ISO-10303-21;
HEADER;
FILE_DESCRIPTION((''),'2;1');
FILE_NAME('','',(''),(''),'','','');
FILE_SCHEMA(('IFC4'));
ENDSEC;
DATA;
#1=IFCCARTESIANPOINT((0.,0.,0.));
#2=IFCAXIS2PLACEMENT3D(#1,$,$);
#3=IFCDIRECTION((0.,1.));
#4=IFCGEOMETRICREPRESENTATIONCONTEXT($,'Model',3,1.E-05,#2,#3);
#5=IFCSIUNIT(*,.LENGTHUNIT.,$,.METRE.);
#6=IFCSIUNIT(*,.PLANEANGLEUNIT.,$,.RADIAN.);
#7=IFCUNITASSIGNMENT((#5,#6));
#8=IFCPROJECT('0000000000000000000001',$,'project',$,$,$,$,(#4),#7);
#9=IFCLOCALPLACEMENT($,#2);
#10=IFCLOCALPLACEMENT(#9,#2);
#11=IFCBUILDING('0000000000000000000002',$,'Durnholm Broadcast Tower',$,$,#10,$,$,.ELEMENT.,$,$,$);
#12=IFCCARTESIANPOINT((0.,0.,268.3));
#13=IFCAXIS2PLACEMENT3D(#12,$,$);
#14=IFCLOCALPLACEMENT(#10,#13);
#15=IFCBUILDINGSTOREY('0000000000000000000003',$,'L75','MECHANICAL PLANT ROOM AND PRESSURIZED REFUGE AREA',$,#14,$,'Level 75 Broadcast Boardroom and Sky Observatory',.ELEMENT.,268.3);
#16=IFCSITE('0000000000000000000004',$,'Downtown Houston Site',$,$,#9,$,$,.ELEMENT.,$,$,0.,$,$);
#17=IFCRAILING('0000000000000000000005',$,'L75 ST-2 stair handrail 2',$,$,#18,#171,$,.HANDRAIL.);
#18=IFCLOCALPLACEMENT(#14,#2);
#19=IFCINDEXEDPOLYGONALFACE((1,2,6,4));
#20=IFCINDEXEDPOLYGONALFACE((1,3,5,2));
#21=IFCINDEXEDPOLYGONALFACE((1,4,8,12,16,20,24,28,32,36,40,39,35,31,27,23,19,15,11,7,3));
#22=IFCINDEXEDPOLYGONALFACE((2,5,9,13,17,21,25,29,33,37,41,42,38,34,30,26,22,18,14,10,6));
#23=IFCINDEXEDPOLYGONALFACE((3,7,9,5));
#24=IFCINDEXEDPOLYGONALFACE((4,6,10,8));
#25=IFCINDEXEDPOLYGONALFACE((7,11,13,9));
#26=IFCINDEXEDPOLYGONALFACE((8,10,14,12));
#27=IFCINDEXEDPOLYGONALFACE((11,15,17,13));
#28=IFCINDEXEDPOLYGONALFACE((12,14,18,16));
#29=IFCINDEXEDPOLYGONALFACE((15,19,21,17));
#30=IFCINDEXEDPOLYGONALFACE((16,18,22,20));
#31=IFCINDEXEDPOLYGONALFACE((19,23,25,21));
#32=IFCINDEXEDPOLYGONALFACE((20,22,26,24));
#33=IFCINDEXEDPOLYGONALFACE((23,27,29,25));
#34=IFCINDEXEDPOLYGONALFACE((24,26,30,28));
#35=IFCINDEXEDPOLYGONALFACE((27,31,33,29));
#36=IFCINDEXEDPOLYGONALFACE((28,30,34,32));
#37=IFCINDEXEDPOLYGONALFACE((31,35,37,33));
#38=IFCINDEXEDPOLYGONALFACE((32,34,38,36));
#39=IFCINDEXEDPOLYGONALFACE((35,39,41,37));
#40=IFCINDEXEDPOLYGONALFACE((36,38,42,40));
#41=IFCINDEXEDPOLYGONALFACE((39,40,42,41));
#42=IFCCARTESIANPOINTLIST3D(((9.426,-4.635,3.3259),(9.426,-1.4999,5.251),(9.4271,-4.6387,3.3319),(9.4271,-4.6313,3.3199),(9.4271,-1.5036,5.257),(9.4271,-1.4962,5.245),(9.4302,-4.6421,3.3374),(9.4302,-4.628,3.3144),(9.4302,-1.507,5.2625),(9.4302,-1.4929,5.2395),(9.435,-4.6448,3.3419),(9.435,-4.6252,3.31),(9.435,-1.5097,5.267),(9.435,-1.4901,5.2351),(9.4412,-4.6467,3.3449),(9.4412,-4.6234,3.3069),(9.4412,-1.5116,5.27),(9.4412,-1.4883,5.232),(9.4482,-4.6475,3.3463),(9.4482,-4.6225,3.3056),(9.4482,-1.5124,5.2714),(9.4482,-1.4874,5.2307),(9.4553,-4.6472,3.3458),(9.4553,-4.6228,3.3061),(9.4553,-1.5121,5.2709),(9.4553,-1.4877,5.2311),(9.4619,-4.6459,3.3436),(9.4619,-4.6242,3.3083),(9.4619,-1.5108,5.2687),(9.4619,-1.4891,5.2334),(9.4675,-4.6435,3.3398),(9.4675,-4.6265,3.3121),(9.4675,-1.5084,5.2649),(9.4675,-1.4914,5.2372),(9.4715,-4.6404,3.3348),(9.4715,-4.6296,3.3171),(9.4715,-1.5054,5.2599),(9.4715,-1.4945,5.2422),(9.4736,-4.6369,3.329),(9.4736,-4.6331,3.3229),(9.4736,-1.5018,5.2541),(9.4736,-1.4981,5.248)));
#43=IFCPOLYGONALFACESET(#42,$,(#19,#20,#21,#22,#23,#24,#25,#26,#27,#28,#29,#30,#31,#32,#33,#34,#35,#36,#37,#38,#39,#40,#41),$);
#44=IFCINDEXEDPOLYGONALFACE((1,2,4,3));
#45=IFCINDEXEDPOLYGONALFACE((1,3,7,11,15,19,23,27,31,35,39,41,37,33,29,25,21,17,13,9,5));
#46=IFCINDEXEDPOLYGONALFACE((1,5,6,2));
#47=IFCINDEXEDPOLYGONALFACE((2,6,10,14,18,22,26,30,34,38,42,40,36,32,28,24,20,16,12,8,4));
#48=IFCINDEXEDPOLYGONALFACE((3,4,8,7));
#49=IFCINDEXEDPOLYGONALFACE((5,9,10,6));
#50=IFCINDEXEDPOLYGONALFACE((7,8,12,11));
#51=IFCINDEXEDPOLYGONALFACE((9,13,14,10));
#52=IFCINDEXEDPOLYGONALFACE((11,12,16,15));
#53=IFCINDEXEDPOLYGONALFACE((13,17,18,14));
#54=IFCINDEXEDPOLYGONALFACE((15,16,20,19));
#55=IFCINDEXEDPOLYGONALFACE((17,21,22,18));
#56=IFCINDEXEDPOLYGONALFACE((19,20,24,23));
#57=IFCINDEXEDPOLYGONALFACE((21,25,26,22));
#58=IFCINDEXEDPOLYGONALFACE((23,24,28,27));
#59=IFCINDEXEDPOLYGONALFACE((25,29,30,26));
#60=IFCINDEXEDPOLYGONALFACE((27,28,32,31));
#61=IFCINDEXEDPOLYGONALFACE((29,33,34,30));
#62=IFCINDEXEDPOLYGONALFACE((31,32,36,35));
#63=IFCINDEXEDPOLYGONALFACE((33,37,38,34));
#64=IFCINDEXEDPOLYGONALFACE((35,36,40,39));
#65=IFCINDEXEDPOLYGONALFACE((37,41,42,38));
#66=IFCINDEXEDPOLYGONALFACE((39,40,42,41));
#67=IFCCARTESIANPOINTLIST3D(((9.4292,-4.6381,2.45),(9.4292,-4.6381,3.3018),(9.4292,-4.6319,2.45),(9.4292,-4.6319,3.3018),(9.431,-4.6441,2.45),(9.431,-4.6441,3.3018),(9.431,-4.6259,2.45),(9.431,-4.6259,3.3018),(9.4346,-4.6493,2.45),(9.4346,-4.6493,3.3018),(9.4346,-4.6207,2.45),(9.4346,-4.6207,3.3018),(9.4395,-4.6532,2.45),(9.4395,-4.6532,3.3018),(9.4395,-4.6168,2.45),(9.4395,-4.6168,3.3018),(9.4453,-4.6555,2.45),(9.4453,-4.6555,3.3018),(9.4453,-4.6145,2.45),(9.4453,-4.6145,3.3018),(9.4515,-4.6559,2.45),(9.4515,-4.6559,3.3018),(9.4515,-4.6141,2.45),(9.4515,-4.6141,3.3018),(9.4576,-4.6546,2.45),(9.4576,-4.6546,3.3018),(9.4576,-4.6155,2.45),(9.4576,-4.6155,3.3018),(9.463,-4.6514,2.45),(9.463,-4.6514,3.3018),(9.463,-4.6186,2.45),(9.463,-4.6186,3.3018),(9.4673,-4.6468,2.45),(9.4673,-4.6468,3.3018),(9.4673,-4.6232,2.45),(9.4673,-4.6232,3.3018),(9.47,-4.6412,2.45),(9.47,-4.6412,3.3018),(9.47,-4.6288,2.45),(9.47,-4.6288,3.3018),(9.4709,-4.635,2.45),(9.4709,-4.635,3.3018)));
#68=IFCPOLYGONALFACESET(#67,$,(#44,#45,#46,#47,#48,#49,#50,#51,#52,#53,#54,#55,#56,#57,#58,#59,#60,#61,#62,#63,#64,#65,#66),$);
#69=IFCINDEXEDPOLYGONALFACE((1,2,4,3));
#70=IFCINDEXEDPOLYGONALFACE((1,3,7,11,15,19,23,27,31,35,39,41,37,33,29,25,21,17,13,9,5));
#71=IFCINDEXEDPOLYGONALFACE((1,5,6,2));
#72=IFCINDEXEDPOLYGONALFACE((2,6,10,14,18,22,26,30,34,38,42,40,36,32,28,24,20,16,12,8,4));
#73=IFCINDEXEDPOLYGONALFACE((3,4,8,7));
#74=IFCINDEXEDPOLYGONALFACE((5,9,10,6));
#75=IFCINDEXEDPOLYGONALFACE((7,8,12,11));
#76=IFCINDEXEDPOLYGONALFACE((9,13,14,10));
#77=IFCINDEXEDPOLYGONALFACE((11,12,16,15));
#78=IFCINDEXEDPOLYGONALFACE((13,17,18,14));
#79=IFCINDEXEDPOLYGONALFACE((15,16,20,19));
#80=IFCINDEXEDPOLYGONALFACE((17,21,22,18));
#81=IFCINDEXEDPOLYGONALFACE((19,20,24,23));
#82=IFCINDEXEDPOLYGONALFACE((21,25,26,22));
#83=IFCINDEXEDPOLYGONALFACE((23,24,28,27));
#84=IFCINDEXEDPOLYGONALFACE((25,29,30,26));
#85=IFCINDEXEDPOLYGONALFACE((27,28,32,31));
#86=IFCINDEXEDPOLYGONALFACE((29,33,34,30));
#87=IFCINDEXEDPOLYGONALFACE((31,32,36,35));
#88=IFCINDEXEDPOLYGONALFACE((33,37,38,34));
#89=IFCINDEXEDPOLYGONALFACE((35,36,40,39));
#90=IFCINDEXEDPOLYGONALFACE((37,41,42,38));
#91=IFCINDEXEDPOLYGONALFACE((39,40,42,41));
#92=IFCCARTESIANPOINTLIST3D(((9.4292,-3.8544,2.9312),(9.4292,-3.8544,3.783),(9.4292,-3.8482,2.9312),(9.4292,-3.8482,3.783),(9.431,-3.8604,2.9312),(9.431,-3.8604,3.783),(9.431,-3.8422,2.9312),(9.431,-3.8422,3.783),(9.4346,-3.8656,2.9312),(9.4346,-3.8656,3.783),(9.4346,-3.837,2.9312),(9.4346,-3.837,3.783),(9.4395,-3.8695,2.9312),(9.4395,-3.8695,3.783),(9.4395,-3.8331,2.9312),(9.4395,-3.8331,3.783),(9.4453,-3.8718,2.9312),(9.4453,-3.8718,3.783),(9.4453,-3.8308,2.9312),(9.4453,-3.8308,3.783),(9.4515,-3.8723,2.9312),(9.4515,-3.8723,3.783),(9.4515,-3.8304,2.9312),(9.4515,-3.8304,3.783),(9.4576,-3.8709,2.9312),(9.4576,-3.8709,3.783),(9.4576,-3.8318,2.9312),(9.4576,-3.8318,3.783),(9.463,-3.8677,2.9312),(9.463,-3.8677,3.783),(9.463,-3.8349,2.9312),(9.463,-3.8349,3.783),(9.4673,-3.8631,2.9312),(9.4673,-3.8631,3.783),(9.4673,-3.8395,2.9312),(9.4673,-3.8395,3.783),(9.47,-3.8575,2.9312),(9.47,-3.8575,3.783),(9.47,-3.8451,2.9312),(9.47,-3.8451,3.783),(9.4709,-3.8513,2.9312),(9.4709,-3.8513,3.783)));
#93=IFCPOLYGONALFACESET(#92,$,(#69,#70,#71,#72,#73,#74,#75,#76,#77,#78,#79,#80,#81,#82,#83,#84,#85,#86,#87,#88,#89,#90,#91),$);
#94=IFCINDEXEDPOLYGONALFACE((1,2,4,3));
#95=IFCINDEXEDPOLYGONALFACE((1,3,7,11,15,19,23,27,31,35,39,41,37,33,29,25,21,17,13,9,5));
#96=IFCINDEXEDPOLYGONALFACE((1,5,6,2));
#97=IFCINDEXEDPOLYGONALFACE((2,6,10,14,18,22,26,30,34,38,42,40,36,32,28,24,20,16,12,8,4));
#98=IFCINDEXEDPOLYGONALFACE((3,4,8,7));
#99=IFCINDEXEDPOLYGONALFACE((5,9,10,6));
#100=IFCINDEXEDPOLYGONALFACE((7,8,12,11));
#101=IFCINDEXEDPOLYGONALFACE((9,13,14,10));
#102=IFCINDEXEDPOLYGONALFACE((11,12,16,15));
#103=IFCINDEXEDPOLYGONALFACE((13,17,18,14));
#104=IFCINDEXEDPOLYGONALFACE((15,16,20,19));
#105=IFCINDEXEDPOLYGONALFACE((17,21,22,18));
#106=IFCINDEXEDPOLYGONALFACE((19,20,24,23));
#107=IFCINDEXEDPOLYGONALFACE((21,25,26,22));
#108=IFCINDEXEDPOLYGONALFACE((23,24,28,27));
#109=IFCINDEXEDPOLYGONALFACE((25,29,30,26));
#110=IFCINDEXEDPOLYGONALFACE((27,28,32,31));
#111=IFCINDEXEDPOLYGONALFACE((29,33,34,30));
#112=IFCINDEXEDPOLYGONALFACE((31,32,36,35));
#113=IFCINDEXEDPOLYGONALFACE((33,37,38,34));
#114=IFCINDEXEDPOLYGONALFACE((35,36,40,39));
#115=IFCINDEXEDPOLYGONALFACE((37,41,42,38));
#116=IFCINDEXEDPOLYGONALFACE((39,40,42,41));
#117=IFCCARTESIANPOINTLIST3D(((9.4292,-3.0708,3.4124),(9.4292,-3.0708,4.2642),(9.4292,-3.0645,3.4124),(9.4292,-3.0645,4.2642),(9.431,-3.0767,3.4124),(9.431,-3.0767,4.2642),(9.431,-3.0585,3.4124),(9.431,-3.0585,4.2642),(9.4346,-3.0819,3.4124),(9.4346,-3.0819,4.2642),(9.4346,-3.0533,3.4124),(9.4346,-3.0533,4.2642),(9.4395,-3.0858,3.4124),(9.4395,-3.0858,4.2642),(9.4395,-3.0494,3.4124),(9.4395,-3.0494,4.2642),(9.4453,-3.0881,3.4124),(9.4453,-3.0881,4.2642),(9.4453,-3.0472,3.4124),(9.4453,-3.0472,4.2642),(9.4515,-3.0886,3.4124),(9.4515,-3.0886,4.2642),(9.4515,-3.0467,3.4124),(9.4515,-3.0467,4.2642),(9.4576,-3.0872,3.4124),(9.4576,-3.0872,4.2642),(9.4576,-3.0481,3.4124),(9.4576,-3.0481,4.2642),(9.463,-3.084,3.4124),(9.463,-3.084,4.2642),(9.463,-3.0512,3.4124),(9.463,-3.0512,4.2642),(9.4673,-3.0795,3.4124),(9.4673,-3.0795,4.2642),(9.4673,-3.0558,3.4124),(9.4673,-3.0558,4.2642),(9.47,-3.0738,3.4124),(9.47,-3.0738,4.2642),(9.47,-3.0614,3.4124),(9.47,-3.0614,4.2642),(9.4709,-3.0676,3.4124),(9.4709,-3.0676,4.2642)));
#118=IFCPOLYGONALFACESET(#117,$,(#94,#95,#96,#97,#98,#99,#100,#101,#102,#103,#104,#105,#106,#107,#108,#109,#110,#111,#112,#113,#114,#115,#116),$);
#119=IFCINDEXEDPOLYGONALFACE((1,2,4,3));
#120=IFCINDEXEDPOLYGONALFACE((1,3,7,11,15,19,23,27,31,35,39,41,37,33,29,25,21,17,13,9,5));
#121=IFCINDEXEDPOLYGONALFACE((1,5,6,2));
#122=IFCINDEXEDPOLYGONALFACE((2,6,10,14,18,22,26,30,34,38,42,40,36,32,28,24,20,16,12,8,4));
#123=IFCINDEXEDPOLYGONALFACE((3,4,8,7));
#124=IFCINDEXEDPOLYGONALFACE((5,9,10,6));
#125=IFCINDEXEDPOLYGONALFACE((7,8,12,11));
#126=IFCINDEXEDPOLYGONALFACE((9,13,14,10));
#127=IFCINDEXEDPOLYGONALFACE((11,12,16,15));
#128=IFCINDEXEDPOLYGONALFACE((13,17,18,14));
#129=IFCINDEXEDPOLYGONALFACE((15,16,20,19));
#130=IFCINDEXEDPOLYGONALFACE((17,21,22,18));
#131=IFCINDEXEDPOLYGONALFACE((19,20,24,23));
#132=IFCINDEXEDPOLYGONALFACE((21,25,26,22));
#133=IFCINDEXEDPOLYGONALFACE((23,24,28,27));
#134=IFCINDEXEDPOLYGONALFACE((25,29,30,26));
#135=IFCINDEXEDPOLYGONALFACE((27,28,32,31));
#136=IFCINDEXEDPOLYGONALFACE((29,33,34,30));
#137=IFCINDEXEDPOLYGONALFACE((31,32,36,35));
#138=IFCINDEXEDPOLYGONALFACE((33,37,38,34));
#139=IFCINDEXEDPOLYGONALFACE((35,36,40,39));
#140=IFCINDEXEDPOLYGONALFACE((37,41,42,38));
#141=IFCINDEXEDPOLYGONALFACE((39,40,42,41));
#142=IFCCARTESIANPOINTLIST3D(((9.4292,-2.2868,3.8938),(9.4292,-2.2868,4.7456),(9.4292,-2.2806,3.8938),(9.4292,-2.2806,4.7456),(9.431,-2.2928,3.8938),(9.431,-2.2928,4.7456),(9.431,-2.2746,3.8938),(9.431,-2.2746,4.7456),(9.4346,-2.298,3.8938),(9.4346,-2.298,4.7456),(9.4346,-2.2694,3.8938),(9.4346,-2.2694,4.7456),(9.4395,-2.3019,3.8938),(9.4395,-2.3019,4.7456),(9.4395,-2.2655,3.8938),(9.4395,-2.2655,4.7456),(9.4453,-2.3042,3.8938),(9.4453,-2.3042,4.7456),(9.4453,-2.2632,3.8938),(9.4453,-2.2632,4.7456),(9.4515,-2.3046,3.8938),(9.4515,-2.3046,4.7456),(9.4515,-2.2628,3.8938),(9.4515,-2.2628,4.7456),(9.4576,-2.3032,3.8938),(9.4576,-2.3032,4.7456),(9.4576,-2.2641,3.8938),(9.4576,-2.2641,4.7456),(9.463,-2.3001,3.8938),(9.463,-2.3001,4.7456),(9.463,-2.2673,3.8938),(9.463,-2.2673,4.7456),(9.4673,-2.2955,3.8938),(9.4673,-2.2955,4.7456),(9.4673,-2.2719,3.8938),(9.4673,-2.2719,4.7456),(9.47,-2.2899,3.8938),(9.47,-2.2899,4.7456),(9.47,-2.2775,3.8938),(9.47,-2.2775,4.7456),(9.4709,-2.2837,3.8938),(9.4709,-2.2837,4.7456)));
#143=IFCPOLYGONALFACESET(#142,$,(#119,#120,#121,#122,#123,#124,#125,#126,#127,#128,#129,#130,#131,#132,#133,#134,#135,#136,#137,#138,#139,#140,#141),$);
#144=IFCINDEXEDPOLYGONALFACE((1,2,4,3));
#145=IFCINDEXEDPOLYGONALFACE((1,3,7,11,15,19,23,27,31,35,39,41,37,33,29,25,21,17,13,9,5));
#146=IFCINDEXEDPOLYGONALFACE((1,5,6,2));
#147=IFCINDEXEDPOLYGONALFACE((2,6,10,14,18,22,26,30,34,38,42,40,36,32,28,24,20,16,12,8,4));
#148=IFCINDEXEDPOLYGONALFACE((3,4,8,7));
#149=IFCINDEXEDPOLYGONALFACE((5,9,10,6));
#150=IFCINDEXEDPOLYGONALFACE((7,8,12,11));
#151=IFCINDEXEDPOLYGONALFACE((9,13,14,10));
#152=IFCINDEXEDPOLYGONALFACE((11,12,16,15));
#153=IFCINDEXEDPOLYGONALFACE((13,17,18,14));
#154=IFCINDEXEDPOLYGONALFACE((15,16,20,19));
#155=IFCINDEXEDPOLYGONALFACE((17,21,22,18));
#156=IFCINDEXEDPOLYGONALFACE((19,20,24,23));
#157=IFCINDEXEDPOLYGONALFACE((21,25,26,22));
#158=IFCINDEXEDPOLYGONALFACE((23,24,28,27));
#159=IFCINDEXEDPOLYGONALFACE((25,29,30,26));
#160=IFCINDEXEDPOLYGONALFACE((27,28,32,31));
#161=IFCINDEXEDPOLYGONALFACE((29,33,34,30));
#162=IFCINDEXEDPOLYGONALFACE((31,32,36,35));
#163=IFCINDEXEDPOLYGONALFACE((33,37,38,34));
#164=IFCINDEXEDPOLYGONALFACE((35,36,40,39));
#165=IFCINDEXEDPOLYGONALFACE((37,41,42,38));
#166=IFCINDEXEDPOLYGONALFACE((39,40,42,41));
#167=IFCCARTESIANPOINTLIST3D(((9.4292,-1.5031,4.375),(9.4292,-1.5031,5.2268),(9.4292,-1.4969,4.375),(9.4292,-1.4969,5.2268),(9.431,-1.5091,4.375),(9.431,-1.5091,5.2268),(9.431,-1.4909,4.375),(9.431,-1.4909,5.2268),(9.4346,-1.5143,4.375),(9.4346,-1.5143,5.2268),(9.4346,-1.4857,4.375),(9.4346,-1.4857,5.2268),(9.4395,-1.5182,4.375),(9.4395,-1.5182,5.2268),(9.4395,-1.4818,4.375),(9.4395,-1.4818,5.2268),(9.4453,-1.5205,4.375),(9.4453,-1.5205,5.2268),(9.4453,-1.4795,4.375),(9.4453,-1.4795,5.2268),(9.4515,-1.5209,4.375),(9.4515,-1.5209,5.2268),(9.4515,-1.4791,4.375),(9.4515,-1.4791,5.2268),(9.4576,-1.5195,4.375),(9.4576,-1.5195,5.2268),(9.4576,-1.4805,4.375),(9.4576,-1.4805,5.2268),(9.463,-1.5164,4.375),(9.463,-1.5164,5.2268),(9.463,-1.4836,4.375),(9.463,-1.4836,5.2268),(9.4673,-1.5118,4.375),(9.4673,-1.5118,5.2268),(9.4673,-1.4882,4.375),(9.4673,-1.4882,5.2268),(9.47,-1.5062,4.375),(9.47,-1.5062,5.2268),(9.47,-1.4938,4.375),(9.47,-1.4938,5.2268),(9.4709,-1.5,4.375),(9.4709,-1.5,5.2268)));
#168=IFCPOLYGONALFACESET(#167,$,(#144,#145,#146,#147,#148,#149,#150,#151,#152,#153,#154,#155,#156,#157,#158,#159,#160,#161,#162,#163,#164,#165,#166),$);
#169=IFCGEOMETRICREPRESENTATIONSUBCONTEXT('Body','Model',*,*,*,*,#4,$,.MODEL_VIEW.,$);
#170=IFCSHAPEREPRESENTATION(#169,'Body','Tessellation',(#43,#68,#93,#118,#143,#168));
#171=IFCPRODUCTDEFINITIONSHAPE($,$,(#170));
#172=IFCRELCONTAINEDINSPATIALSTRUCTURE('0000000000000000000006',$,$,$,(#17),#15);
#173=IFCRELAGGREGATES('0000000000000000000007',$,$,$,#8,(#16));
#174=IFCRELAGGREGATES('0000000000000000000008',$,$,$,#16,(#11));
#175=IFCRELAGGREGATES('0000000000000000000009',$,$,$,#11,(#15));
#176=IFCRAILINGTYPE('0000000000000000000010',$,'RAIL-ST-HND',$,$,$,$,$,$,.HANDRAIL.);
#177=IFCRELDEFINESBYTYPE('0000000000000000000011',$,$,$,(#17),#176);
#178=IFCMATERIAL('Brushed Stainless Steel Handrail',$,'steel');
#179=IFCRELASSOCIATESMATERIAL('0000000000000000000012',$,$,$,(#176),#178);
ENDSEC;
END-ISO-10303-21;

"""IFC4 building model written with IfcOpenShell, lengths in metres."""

from ifc_helpers import new_model, si_unit, direction, frame, origin, origin_2d, place, context, subcontext, project, spatial, circle, extrude, material, type_object, element, save


model = new_model("IFC4")

# Units and contexts
model_context = context("Model", 3, precision=1e-05, world=origin(), true_north=direction((0.0, 1.0)))
body_context = subcontext(model_context, "Body", "Model", "MODEL_VIEW")
ifc_project = project(units=[si_unit("LENGTHUNIT", "METRE"), si_unit("PLANEANGLEUNIT", "RADIAN")], contexts=[model_context])

# Site, building, storey
site_placement = place(None, origin())
site = spatial("IfcSite", under=ifc_project, at=site_placement, Name="Downtown Houston Site", CompositionType="ELEMENT", RefElevation=0.0)
building_placement = place(site_placement, origin())
building = spatial("IfcBuilding", under=site, at=building_placement, Name="Durnholm Broadcast Tower", CompositionType="ELEMENT")
storey_placement = place(building_placement, frame((0.0, 0.0, 268.3)))
storey = spatial("IfcBuildingStorey", under=building, at=storey_placement, Name="L75", Description="MECHANICAL PLANT ROOM AND PRESSURIZED REFUGE AREA", LongName="Level 75 Broadcast Boardroom and Sky Observatory", CompositionType="ELEMENT", Elevation=268.3)

# Railing
ifc_material_1 = material(Name="Brushed Stainless Steel Handrail", Category="steel")
railing_type = type_object("IfcRailingType", Name="RAIL-ST-HND", PredefinedType="HANDRAIL", material=ifc_material_1)
railing_placement = place(storey_placement, frame((9.45, -4.635, 2.45)))
element("IfcRailing", 1, at=railing_placement, inside=storey, type_object=railing_type, Name="L75 ST-2 stair handrail 2", PredefinedType="HANDRAIL", context=body_context, shape_type="SweptSolid", body=[
    extrude(circle(Radius=0.0239, at=origin_2d()), frame((0.0, 0.0, 0.876), z_axis=(0.0, 0.852166, 0.523271), x_axis=(-1.0, 0.0, 0.0)), (0.0, 0.0, 1.0), 3.679),
    extrude(circle(Radius=0.021, at=origin_2d()), origin(), (0.0, 0.0, 1.0), 0.8518),
    extrude(circle(Radius=0.021, at=origin_2d()), frame((0.0, 0.7837, 0.4812)), (0.0, 0.0, 1.0), 0.8518),
    extrude(circle(Radius=0.021, at=origin_2d()), frame((0.0, 1.5674, 0.9624)), (0.0, 0.0, 1.0), 0.8518),
    extrude(circle(Radius=0.021, at=origin_2d()), frame((0.0, 2.3513, 1.4438)), (0.0, 0.0, 1.0), 0.8518),
    extrude(circle(Radius=0.021, at=origin_2d()), frame((0.0, 3.135, 1.925)), (0.0, 0.0, 1.0), 0.8518),
])

save(model, "model.ifc")
